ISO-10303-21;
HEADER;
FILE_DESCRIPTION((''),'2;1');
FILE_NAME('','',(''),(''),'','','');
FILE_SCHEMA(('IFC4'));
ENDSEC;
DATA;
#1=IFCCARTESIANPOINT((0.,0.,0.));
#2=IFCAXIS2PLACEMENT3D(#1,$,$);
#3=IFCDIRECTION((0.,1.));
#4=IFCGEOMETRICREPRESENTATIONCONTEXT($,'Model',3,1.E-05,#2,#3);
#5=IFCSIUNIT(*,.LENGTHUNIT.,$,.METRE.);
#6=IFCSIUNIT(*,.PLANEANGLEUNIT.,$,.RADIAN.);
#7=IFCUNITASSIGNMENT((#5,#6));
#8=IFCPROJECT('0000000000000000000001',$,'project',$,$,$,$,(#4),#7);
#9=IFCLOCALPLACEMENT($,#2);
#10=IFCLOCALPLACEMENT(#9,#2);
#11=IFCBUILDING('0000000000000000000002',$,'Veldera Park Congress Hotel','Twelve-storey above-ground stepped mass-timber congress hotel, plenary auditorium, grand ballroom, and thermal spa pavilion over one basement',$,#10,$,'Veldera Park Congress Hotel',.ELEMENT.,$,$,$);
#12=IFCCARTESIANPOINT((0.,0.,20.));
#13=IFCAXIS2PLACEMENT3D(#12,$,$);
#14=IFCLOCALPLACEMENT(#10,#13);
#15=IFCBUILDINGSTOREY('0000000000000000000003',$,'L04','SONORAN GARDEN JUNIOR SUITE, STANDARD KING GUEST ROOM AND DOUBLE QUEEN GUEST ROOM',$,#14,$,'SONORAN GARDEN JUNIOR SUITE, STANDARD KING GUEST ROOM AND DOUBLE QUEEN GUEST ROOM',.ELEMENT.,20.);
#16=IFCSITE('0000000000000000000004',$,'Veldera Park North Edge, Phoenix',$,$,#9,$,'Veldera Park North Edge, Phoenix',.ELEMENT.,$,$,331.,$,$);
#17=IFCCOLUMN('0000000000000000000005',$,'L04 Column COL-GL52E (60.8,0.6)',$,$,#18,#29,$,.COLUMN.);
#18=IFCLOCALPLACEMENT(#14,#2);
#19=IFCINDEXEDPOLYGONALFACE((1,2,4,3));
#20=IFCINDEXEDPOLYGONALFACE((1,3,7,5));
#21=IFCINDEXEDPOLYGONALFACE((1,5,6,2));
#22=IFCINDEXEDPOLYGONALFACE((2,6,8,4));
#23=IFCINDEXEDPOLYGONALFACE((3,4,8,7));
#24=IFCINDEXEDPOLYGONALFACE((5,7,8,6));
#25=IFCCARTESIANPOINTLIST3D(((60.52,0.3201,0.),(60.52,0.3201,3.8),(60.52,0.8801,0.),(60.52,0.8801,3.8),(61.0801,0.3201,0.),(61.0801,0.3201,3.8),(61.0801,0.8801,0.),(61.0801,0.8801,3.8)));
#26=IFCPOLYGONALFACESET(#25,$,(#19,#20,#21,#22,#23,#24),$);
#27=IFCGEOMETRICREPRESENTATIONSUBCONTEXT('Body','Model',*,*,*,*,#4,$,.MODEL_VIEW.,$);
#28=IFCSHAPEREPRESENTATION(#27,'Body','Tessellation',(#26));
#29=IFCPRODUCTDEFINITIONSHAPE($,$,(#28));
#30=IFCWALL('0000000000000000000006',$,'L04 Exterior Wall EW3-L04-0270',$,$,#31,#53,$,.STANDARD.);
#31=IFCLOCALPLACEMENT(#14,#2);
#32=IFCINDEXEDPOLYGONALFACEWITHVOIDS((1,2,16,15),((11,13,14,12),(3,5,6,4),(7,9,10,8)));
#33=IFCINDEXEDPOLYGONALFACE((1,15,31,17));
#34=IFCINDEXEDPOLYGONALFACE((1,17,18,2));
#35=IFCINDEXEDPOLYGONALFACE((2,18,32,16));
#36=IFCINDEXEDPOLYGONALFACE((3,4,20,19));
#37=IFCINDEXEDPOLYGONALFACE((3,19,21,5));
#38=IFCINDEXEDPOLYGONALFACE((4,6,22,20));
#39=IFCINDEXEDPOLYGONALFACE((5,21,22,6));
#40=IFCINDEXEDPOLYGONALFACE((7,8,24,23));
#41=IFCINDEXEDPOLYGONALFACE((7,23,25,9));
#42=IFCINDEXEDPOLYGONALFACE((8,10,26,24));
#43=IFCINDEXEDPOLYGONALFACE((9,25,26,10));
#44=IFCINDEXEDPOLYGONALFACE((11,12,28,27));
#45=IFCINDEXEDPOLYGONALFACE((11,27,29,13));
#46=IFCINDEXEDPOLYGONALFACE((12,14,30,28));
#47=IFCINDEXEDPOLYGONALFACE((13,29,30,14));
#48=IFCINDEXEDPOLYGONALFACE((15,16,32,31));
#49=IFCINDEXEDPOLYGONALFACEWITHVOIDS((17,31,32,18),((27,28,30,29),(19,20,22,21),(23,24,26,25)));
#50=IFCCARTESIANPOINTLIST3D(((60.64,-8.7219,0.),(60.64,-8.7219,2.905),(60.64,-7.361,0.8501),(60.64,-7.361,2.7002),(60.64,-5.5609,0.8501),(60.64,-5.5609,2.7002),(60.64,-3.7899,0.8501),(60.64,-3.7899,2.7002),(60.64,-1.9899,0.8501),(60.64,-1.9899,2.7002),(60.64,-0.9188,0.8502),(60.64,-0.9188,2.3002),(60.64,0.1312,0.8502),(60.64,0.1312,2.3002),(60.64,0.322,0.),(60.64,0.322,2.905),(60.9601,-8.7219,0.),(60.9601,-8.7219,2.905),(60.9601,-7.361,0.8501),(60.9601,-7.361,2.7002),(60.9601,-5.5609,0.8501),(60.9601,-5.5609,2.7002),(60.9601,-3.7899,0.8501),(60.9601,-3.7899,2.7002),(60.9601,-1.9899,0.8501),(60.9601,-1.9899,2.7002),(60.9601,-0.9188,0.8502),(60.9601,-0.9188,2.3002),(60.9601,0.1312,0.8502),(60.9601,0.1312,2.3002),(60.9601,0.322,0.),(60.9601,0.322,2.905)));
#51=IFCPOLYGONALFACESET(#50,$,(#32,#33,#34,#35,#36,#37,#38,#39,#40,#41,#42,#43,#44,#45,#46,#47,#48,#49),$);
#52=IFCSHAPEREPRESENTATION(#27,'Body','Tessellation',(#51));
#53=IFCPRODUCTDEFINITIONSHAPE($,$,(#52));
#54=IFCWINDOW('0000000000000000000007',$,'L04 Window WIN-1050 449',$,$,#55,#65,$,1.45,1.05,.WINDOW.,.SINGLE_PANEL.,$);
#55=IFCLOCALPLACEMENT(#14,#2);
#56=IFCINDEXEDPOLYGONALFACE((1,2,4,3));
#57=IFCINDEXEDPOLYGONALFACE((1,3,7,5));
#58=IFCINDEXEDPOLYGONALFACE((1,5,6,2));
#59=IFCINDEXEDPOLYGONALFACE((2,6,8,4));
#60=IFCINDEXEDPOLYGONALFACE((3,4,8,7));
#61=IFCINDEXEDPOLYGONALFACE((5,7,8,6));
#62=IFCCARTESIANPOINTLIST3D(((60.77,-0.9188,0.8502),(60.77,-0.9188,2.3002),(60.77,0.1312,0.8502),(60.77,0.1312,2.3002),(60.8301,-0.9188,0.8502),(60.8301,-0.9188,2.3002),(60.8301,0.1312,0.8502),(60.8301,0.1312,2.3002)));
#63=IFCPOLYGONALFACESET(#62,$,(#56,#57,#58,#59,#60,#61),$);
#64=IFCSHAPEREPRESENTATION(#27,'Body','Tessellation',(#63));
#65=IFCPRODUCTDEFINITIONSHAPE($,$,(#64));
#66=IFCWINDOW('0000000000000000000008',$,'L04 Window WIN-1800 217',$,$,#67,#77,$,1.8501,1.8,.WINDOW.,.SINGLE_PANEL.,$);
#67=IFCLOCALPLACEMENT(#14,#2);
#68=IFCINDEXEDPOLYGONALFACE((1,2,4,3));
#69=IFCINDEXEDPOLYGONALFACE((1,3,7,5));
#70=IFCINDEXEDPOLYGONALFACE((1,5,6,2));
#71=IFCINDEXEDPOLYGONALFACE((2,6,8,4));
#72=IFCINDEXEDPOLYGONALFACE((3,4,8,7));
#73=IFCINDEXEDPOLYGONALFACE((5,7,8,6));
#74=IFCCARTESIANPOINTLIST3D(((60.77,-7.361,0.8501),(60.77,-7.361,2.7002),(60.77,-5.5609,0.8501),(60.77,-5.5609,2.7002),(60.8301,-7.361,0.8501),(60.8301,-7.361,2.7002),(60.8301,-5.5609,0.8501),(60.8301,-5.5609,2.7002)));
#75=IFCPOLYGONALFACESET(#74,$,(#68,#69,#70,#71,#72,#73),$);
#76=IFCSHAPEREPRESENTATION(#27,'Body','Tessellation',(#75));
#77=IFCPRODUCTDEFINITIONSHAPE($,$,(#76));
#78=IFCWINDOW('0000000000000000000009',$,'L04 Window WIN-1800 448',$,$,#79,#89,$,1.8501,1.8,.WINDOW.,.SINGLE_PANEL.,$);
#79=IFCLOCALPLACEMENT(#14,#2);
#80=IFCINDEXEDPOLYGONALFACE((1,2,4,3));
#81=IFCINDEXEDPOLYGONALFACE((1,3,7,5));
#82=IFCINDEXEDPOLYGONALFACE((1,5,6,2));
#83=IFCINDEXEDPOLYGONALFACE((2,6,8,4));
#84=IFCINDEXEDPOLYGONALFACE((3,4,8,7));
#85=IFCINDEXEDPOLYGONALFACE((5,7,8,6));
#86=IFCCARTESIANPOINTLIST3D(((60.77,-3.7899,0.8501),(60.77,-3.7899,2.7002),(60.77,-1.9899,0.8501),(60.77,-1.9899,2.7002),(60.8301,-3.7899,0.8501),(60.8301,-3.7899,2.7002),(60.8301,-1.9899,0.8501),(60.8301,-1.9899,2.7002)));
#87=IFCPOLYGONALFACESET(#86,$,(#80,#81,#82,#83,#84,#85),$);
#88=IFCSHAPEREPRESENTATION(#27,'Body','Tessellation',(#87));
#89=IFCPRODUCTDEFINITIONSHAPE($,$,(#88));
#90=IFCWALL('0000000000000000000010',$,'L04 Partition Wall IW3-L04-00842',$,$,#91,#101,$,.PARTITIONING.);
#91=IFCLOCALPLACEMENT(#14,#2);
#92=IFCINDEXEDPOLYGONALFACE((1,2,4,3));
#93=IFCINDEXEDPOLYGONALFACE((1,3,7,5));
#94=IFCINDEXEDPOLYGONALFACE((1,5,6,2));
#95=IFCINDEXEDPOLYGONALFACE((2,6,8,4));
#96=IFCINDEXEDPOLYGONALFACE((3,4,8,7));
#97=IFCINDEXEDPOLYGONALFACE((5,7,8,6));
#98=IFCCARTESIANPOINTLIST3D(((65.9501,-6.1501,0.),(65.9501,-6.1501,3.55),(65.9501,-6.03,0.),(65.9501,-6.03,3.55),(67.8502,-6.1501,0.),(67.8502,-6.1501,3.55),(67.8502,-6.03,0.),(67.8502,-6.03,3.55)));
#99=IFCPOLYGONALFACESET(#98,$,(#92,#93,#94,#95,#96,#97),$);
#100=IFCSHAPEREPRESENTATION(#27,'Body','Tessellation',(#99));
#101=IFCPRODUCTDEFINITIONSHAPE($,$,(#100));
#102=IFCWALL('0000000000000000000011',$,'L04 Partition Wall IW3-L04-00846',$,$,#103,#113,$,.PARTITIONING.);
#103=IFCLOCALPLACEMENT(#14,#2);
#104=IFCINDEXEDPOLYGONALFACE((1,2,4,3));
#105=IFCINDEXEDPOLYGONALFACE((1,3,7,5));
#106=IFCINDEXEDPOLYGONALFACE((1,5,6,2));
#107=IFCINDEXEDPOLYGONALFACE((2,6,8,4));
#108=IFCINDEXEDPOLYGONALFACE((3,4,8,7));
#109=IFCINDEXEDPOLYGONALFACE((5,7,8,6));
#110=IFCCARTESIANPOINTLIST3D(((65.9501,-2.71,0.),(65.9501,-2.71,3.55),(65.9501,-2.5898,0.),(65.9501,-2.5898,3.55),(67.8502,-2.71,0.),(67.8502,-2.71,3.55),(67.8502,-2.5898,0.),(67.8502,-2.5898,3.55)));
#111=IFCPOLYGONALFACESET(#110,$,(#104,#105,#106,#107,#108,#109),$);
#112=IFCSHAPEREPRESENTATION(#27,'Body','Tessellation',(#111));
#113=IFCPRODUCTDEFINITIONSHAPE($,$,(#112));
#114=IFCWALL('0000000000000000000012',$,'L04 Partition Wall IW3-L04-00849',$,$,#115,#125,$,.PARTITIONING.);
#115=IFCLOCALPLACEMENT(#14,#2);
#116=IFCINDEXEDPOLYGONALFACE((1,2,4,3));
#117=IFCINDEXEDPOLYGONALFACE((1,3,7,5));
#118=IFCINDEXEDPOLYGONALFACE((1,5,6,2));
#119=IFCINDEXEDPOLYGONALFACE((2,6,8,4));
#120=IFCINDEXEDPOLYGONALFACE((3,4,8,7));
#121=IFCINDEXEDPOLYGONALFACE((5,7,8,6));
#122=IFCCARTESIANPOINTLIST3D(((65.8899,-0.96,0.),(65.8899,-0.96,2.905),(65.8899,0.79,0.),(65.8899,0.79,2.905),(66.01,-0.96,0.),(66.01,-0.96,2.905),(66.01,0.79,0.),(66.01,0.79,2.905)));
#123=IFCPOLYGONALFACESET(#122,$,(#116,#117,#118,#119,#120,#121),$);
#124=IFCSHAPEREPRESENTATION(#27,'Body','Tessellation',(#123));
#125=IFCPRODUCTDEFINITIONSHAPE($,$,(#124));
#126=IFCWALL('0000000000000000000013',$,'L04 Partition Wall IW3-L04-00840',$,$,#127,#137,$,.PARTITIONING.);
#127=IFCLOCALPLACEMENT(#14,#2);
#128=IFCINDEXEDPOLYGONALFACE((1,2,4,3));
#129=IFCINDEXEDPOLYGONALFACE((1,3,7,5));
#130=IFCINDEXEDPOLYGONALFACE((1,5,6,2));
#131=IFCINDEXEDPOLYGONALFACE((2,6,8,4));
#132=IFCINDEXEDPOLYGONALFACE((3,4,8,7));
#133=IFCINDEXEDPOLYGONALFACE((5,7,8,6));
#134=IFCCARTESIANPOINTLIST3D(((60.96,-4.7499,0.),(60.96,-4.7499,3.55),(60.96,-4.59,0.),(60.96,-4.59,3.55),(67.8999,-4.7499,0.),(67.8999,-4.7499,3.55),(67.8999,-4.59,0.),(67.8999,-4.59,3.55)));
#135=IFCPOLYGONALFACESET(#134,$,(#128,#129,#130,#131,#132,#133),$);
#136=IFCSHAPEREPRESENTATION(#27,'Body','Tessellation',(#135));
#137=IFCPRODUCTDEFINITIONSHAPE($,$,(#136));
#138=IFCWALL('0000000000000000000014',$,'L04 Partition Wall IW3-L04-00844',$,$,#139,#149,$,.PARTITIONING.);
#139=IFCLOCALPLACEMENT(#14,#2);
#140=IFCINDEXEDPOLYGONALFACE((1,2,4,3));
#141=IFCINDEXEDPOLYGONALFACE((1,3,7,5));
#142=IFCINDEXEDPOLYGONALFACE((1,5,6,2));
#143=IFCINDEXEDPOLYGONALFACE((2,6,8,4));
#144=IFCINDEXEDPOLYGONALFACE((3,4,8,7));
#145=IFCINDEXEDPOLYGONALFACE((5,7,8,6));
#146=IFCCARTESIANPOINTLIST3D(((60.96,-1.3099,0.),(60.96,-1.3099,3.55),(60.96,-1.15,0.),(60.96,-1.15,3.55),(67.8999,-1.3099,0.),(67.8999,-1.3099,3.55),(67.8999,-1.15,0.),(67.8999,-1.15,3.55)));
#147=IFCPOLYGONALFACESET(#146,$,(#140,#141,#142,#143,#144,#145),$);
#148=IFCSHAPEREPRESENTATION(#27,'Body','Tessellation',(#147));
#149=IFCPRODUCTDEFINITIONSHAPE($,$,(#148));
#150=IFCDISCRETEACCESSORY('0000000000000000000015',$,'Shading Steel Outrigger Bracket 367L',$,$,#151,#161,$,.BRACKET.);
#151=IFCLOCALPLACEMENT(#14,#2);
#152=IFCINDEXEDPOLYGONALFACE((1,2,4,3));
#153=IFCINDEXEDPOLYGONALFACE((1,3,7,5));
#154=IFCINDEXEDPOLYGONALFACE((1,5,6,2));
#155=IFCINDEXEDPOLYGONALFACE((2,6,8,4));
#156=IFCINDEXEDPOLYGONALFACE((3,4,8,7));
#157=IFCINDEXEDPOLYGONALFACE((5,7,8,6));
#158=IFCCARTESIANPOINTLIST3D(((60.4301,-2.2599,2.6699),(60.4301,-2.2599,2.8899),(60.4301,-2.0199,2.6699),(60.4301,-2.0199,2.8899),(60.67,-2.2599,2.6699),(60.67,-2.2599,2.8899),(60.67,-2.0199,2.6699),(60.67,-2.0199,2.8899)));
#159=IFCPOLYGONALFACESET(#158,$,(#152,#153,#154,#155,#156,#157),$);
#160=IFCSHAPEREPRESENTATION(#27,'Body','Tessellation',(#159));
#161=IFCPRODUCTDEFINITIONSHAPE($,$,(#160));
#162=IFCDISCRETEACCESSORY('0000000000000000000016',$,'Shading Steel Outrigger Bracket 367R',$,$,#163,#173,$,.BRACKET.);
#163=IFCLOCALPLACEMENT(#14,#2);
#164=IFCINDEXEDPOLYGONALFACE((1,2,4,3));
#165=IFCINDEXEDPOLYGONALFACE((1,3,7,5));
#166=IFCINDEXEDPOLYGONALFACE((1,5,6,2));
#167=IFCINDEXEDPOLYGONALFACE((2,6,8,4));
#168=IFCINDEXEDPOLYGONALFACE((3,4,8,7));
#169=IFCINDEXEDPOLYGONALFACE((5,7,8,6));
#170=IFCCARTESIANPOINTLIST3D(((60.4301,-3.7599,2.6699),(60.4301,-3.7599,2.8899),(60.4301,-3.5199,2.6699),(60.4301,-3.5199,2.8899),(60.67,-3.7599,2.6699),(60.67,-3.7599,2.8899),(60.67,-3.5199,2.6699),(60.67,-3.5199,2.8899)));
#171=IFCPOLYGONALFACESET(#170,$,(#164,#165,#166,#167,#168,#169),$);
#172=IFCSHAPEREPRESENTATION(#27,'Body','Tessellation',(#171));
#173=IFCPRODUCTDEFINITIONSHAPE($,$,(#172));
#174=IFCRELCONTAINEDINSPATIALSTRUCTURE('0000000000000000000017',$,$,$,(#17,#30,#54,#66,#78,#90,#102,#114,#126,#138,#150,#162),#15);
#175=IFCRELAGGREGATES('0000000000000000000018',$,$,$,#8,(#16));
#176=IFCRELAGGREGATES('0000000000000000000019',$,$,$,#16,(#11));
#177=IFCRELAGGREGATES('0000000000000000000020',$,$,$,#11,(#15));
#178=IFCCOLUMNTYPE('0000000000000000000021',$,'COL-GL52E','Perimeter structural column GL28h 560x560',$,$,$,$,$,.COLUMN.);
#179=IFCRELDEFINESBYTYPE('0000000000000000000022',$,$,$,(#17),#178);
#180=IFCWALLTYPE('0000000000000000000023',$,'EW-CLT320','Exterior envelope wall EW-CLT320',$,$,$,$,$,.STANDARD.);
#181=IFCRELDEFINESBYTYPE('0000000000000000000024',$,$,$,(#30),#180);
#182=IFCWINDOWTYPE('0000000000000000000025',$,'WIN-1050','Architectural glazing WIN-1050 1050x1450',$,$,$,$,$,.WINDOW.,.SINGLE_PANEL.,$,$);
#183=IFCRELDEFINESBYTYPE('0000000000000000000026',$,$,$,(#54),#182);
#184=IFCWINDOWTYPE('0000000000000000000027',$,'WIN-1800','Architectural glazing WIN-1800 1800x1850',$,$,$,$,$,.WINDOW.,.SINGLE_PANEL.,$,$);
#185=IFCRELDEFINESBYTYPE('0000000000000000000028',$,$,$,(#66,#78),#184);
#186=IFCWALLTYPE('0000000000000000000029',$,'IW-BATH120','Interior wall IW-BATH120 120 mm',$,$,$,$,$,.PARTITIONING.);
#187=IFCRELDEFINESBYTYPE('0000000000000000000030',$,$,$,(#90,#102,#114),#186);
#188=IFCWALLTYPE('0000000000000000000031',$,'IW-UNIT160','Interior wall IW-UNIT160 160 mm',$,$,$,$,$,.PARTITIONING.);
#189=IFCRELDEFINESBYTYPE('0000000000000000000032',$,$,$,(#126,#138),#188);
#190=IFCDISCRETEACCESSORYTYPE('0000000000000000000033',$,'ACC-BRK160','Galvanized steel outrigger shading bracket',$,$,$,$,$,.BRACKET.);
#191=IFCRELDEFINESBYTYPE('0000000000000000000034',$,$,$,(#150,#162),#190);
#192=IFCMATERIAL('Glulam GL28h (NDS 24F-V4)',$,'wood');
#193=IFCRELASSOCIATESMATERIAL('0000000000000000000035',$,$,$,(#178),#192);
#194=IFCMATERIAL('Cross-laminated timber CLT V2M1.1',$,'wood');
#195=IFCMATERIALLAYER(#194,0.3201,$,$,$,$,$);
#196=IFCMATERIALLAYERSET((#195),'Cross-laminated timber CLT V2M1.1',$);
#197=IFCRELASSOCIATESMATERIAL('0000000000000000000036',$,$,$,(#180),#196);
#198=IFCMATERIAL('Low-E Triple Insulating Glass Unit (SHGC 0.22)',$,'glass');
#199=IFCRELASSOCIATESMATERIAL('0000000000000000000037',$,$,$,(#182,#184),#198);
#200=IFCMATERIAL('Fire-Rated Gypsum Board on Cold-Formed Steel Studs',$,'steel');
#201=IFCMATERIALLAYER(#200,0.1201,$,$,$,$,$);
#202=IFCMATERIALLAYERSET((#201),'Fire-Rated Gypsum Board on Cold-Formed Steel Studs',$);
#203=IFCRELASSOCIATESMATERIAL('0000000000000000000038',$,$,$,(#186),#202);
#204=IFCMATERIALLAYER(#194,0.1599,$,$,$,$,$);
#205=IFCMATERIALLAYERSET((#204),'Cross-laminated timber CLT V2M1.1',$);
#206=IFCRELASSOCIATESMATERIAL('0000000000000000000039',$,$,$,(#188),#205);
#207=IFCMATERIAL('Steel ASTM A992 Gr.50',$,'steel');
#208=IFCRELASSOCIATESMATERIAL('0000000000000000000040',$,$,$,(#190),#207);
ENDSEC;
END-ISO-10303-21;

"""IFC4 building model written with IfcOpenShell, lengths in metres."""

from ifc_helpers import new_model, si_unit, direction, frame, frame_2d, origin, origin_2d, place, context, subcontext, project, spatial, rectangle, extrude, material, layer, layer_set, material_profile, profile_set, type_object, element, fill, save


model = new_model("IFC4")

# Units and contexts
model_context = context("Model", 3, precision=1e-05, world=origin(), true_north=direction((0.0, 1.0)))
body_context = subcontext(model_context, "Body", "Model", "MODEL_VIEW")
ifc_project = project(units=[si_unit("LENGTHUNIT", "METRE"), si_unit("PLANEANGLEUNIT", "RADIAN")], contexts=[model_context])

# Site, building, storey
site_placement = place(None, origin())
site = spatial("IfcSite", under=ifc_project, at=site_placement, Name="Veldera Park North Edge, Phoenix", LongName="Veldera Park North Edge, Phoenix", CompositionType="ELEMENT", RefElevation=331.0)
building_placement = place(site_placement, origin())
building = spatial("IfcBuilding", under=site, at=building_placement, Name="Veldera Park Congress Hotel", Description="Twelve-storey above-ground stepped mass-timber congress hotel, plenary auditorium, grand ballroom, and thermal spa pavilion over one basement", LongName="Veldera Park Congress Hotel", CompositionType="ELEMENT")
storey_placement = place(building_placement, frame((0.0, 0.0, 20.0)))
storey = spatial("IfcBuildingStorey", under=building, at=storey_placement, Name="L04", Description="SONORAN GARDEN JUNIOR SUITE, STANDARD KING GUEST ROOM AND DOUBLE QUEEN GUEST ROOM", LongName="SONORAN GARDEN JUNIOR SUITE, STANDARD KING GUEST ROOM AND DOUBLE QUEEN GUEST ROOM", CompositionType="ELEMENT", Elevation=20.0)

# Column
ifc_material_1 = material(Name="Glulam GL28h (NDS 24F-V4)", Category="wood")
ifc_material_profile = material_profile(ifc_material_1, rectangle(XDim=0.5601, YDim=0.5601, at=origin_2d()), Name="GL28h 560x560")
ifc_profile_set = profile_set([ifc_material_profile], Name="Glulam GL28h (NDS 24F-V4)")
column_type = type_object("IfcColumnType", Name="COL-GL52E", Description="Perimeter structural column GL28h 560x560", PredefinedType="COLUMN", material=ifc_profile_set)
column_placement = place(storey_placement, frame((60.8, 0.6001, 0.0), z_axis=(0.0, 0.0, 1.0), x_axis=(1.0, 0.0, 0.0)))
element("IfcColumn", 1, at=column_placement, inside=storey, type_object=column_type, Name="L04 Column COL-GL52E (60.8,0.6)", PredefinedType="COLUMN", context=body_context, shape_type="SweptSolid", body=[
    extrude(rectangle(XDim=0.5601, YDim=0.5601, at=origin_2d()), origin(), (0.0, 0.0, 1.0), 3.8),
])

# Wall, openings, windows
ifc_material_2 = material(Name="Cross-laminated timber CLT V2M1.1", Category="wood")
ifc_layer_1 = layer(ifc_material_2, 0.3201)
ifc_layer_set_1 = layer_set([ifc_layer_1], Name="Cross-laminated timber CLT V2M1.1")
wall_type_1 = type_object("IfcWallType", Name="EW-CLT320", Description="Exterior envelope wall EW-CLT320", PredefinedType="STANDARD", material=ifc_layer_set_1)
wall_1_placement = place(storey_placement, frame((60.8, 0.322, 0.0), z_axis=(0.0, 0.0, 1.0), x_axis=(0.0, -1.0, 0.0)))
wall_1 = element("IfcWall", 2, at=wall_1_placement, inside=storey, type_object=wall_type_1, Name="L04 Exterior Wall EW3-L04-0270", PredefinedType="STANDARD", context=body_context, shape_type="SweptSolid", body=[
    extrude(rectangle(XDim=9.0439, YDim=0.3201, at=frame_2d((4.522, 0.0))), origin(), (0.0, 0.0, 1.0), 2.905),
])
opening_1_placement = place(wall_1_placement, frame((5.8831, 0.0, 0.8501)))
opening_1 = element("IfcOpeningElement", 3, at=opening_1_placement, cuts=wall_1, PredefinedType="OPENING", context=body_context, shape_type="SweptSolid", body=[
    extrude(rectangle(XDim=1.8, YDim=1.8501, at=frame_2d((0.8999, 0.925))), frame((0.0, 0.1721, 0.0), z_axis=(0.0, -1.0, 0.0), x_axis=(1.0, 0.0, 0.0)), (0.0, 0.0, 1.0), 0.344),
])
opening_2_placement = place(wall_1_placement, frame((2.312, 0.0, 0.8501)))
opening_2 = element("IfcOpeningElement", 4, at=opening_2_placement, cuts=wall_1, PredefinedType="OPENING", context=body_context, shape_type="SweptSolid", body=[
    extrude(rectangle(XDim=1.8, YDim=1.8501, at=frame_2d((0.8999, 0.925))), frame((0.0, 0.1721, 0.0), z_axis=(0.0, -1.0, 0.0), x_axis=(1.0, 0.0, 0.0)), (0.0, 0.0, 1.0), 0.344),
])
opening_3_placement = place(wall_1_placement, frame((0.1909, 0.0, 0.8501)))
opening_3 = element("IfcOpeningElement", 5, at=opening_3_placement, cuts=wall_1, PredefinedType="OPENING", context=body_context, shape_type="SweptSolid", body=[
    extrude(rectangle(XDim=1.05, YDim=1.45, at=frame_2d((0.5249, 0.7251))), frame((0.0, 0.1721, 0.0), z_axis=(0.0, -1.0, 0.0), x_axis=(1.0, 0.0, 0.0)), (0.0, 0.0, 1.0), 0.344),
])
ifc_material_3 = material(Name="Low-E Triple Insulating Glass Unit (SHGC 0.22)", Category="glass")
window_type_1 = type_object("IfcWindowType", Name="WIN-1050", Description="Architectural glazing WIN-1050 1050x1450", PartitioningType="SINGLE_PANEL", PredefinedType="WINDOW", material=ifc_material_3)
window_1_placement = place(opening_3_placement, origin())
window_1 = element("IfcWindow", 6, at=window_1_placement, inside=storey, type_object=window_type_1, Name="L04 Window WIN-1050 449", OverallHeight=1.45, OverallWidth=1.05, PartitioningType="SINGLE_PANEL", PredefinedType="WINDOW", context=body_context, shape_type="SweptSolid", body=[
    extrude(rectangle(XDim=1.05, YDim=1.45, at=frame_2d((0.5249, 0.7251))), frame((0.0, 0.03, 0.0), z_axis=(0.0, -1.0, 0.0), x_axis=(1.0, 0.0, 0.0)), (0.0, 0.0, 1.0), 0.0601),
])
fill(opening_3, window_1)
window_type_2 = type_object("IfcWindowType", Name="WIN-1800", Description="Architectural glazing WIN-1800 1800x1850", PartitioningType="SINGLE_PANEL", PredefinedType="WINDOW", material=ifc_material_3)
window_2_placement = place(opening_1_placement, origin())
window_2 = element("IfcWindow", 7, at=window_2_placement, inside=storey, type_object=window_type_2, Name="L04 Window WIN-1800 217", OverallHeight=1.8501, OverallWidth=1.8, PartitioningType="SINGLE_PANEL", PredefinedType="WINDOW", context=body_context, shape_type="SweptSolid", body=[
    extrude(rectangle(XDim=1.8, YDim=1.8501, at=frame_2d((0.8999, 0.925))), frame((0.0, 0.03, 0.0), z_axis=(0.0, -1.0, 0.0), x_axis=(1.0, 0.0, 0.0)), (0.0, 0.0, 1.0), 0.0601),
])
fill(opening_1, window_2)
window_3_placement = place(opening_2_placement, origin())
window_3 = element("IfcWindow", 8, at=window_3_placement, inside=storey, type_object=window_type_2, Name="L04 Window WIN-1800 448", OverallHeight=1.8501, OverallWidth=1.8, PartitioningType="SINGLE_PANEL", PredefinedType="WINDOW", context=body_context, shape_type="SweptSolid", body=[
    extrude(rectangle(XDim=1.8, YDim=1.8501, at=frame_2d((0.8999, 0.925))), frame((0.0, 0.03, 0.0), z_axis=(0.0, -1.0, 0.0), x_axis=(1.0, 0.0, 0.0)), (0.0, 0.0, 1.0), 0.0601),
])
fill(opening_2, window_3)

# Wall
ifc_material_4 = material(Name="Fire-Rated Gypsum Board on Cold-Formed Steel Studs", Category="steel")
ifc_layer_2 = layer(ifc_material_4, 0.1201)
ifc_layer_set_2 = layer_set([ifc_layer_2], Name="Fire-Rated Gypsum Board on Cold-Formed Steel Studs")
wall_type_2 = type_object("IfcWallType", Name="IW-BATH120", Description="Interior wall IW-BATH120 120 mm", PredefinedType="PARTITIONING", material=ifc_layer_set_2)
wall_2_placement = place(storey_placement, frame((65.95, -6.0901, 0.0), z_axis=(0.0, 0.0, 1.0), x_axis=(1.0, 0.0, 0.0)))
element("IfcWall", 9, at=wall_2_placement, inside=storey, type_object=wall_type_2, Name="L04 Partition Wall IW3-L04-00842", PredefinedType="PARTITIONING", context=body_context, shape_type="SweptSolid", body=[
    extrude(rectangle(XDim=1.9001, YDim=0.1201, at=frame_2d((0.9502, 0.0))), origin(), (0.0, 0.0, 1.0), 3.55),
])

# Walls
wall_3_placement = place(storey_placement, frame((65.95, -2.6499, 0.0), z_axis=(0.0, 0.0, 1.0), x_axis=(1.0, 0.0, 0.0)))
element("IfcWall", 10, at=wall_3_placement, inside=storey, type_object=wall_type_2, Name="L04 Partition Wall IW3-L04-00846", PredefinedType="PARTITIONING", context=body_context, shape_type="SweptSolid", body=[
    extrude(rectangle(XDim=1.9001, YDim=0.1201, at=frame_2d((0.9502, 0.0))), origin(), (0.0, 0.0, 1.0), 3.55),
])
wall_4_placement = place(storey_placement, frame((65.95, -0.96, 0.0), z_axis=(0.0, 0.0, 1.0), x_axis=(0.0, 1.0, 0.0)))
element("IfcWall", 11, at=wall_4_placement, inside=storey, type_object=wall_type_2, Name="L04 Partition Wall IW3-L04-00849", PredefinedType="PARTITIONING", context=body_context, shape_type="SweptSolid", body=[
    extrude(rectangle(XDim=1.75, YDim=0.1201, at=frame_2d((0.875, 0.0))), origin(), (0.0, 0.0, 1.0), 2.905),
])
ifc_layer_3 = layer(ifc_material_2, 0.1599)
ifc_layer_set_3 = layer_set([ifc_layer_3], Name="Cross-laminated timber CLT V2M1.1")
wall_type_3 = type_object("IfcWallType", Name="IW-UNIT160", Description="Interior wall IW-UNIT160 160 mm", PredefinedType="PARTITIONING", material=ifc_layer_set_3)
for number, where, z_axis, x_axis, name in (
    (12, (60.96, -4.6699, 0.0), (0.0, 0.0, 1.0), (1.0, 0.0, 0.0), "L04 Partition Wall IW3-L04-00840"),
    (13, (60.96, -1.23, 0.0), (0.0, 0.0, 1.0), (1.0, 0.0, 0.0), "L04 Partition Wall IW3-L04-00844"),
):
    element("IfcWall", number, at=place(storey_placement, frame(where, z_axis=z_axis, x_axis=x_axis)), inside=storey, type_object=wall_type_3, Name=name, PredefinedType="PARTITIONING", context=body_context, shape_type="SweptSolid", body=[
        extrude(rectangle(XDim=6.9399, YDim=0.1599, at=frame_2d((3.47, 0.0))), origin(), (0.0, 0.0, 1.0), 3.55),
    ])

# Discrete accessories
ifc_material_5 = material(Name="Steel ASTM A992 Gr.50", Category="steel")
discrete_accessory_type = type_object("IfcDiscreteAccessoryType", Name="ACC-BRK160", Description="Galvanized steel outrigger shading bracket", PredefinedType="BRACKET", material=ifc_material_5)
for number, where, z_axis, x_axis, name in (
    (14, (60.55, -2.1399, 2.6699), (0.0, 0.0, 1.0), (0.0, -1.0, 0.0), "Shading Steel Outrigger Bracket 367L"),
    (15, (60.55, -3.6399, 2.6699), (0.0, 0.0, 1.0), (0.0, -1.0, 0.0), "Shading Steel Outrigger Bracket 367R"),
):
    element("IfcDiscreteAccessory", number, at=place(storey_placement, frame(where, z_axis=z_axis, x_axis=x_axis)), inside=storey, type_object=discrete_accessory_type, Name=name, PredefinedType="BRACKET", context=body_context, shape_type="SweptSolid", body=[
        extrude(rectangle(XDim=0.24, YDim=0.24, at=origin_2d()), origin(), (0.0, 0.0, 1.0), 0.22),
    ])

save(model, "model.ifc")
